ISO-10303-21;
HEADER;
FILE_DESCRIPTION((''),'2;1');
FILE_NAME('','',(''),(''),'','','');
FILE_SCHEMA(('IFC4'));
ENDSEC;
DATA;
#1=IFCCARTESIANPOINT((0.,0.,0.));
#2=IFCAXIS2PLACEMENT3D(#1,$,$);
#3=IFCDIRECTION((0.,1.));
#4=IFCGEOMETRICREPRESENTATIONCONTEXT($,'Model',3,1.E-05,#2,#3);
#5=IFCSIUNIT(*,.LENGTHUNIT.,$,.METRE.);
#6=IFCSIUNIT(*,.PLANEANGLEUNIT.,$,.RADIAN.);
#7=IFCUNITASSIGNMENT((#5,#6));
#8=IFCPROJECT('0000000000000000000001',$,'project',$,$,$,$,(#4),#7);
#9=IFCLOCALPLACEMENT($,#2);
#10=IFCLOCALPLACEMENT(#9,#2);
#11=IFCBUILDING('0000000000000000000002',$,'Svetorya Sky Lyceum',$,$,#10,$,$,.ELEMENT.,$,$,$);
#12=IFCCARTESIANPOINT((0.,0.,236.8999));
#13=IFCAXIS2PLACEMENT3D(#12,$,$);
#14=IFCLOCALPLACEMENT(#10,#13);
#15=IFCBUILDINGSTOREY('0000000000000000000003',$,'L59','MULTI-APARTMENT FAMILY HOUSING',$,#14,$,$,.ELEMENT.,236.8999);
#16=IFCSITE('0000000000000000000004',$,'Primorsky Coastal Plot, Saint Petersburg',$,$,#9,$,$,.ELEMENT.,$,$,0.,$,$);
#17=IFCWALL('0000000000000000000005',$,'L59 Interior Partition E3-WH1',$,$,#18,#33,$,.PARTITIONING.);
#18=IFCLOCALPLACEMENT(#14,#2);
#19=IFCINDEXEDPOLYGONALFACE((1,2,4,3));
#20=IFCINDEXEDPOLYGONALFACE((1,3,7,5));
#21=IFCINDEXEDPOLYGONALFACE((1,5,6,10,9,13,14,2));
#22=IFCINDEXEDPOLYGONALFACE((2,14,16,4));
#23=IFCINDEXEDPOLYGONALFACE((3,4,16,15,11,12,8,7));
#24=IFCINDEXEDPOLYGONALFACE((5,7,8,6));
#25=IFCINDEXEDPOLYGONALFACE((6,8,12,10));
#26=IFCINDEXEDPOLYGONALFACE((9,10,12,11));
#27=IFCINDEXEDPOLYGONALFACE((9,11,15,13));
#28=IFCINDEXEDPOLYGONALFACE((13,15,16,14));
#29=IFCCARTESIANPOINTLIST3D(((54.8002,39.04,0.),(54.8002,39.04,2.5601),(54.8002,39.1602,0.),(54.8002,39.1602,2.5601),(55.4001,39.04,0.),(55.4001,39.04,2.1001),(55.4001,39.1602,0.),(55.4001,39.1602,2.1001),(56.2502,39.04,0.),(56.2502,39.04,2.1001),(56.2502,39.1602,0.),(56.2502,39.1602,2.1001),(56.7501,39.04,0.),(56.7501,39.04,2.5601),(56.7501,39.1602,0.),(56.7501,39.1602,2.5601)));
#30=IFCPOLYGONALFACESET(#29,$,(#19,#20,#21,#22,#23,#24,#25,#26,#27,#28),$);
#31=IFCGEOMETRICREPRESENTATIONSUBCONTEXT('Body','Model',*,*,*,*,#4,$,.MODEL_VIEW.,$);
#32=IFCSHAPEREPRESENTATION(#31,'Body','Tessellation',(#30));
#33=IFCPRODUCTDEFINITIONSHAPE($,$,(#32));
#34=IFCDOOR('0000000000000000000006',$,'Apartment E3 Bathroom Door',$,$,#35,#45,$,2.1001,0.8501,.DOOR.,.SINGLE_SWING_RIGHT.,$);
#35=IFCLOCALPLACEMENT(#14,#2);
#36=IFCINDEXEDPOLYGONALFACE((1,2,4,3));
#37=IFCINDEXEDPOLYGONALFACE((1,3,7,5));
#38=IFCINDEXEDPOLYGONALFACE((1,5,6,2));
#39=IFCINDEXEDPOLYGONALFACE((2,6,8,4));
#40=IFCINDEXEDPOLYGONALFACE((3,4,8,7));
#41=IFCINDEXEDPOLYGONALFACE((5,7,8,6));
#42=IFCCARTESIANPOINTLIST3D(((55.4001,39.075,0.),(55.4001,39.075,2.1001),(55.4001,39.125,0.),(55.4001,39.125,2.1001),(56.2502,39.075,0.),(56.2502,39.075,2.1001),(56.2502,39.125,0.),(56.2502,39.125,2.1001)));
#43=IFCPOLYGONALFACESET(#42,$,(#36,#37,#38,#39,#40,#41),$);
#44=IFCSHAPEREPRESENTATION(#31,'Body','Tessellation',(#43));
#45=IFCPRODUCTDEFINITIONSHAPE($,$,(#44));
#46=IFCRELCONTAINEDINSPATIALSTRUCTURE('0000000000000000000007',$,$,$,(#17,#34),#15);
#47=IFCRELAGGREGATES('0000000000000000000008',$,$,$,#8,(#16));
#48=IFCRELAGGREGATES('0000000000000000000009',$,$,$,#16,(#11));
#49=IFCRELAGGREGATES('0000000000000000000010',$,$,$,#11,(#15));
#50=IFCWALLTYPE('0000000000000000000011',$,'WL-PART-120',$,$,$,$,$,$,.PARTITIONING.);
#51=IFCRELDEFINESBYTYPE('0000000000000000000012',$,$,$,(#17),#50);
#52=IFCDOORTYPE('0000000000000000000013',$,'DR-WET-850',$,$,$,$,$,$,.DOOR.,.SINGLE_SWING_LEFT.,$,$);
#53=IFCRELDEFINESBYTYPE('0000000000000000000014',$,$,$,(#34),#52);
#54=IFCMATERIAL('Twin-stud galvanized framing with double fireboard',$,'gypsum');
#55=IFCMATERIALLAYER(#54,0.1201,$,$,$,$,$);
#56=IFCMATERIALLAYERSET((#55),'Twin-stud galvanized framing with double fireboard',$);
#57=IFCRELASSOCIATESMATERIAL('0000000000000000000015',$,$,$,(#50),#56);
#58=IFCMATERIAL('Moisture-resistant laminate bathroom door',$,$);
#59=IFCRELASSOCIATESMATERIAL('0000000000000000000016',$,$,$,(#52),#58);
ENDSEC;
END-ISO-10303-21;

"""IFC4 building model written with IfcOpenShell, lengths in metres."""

from ifc_helpers import new_model, si_unit, direction, frame, frame_2d, origin, place, context, subcontext, project, spatial, rectangle, extrude, material, layer, layer_set, type_object, element, fill, save


model = new_model("IFC4")

# Units and contexts
model_context = context("Model", 3, precision=1e-05, world=origin(), true_north=direction((0.0, 1.0)))
body_context = subcontext(model_context, "Body", "Model", "MODEL_VIEW")
ifc_project = project(units=[si_unit("LENGTHUNIT", "METRE"), si_unit("PLANEANGLEUNIT", "RADIAN")], contexts=[model_context])

# Site, building, storey
site_placement = place(None, origin())
site = spatial("IfcSite", under=ifc_project, at=site_placement, Name="Primorsky Coastal Plot, Saint Petersburg", CompositionType="ELEMENT", RefElevation=0.0)
building_placement = place(site_placement, origin())
building = spatial("IfcBuilding", under=site, at=building_placement, Name="Svetorya Sky Lyceum", CompositionType="ELEMENT")
storey_placement = place(building_placement, frame((0.0, 0.0, 236.8999)))
storey = spatial("IfcBuildingStorey", under=building, at=storey_placement, Name="L59", Description="MULTI-APARTMENT FAMILY HOUSING", CompositionType="ELEMENT", Elevation=236.8999)

# Wall, opening, door
ifc_material_1 = material(Name="Twin-stud galvanized framing with double fireboard", Category="gypsum")
ifc_layer_1 = layer(ifc_material_1, 0.1201)
ifc_layer_set_1 = layer_set([ifc_layer_1], Name="Twin-stud galvanized framing with double fireboard")
wall_type_1 = type_object("IfcWallType", Name="WL-PART-120", PredefinedType="PARTITIONING", material=ifc_layer_set_1)
wall_1_placement = place(storey_placement, frame((54.8, 39.1001, 0.0), z_axis=(0.0, 0.0, 1.0), x_axis=(1.0, 0.0, 0.0)))
wall_1 = element("IfcWall", 1, at=wall_1_placement, inside=storey, type_object=wall_type_1, Name="L59 Interior Partition E3-WH1", PredefinedType="PARTITIONING", context=body_context, shape_type="SweptSolid", body=[
    extrude(rectangle(XDim=1.95, YDim=0.1201, at=frame_2d((0.9751, 0.0))), origin(), (0.0, 0.0, 1.0), 2.5601),
])
opening_1_placement = place(wall_1_placement, frame((0.6001, 0.0, 0.0)))
opening_1 = element("IfcOpeningElement", 2, at=opening_1_placement, cuts=wall_1, PredefinedType="OPENING", context=body_context, shape_type="SweptSolid", body=[
    extrude(rectangle(XDim=0.8501, YDim=2.1001, at=frame_2d((0.425, 1.05))), frame((0.0, 0.0701, 0.0), z_axis=(0.0, -1.0, 0.0), x_axis=(1.0, 0.0, 0.0)), (0.0, 0.0, 1.0), 0.1401),
])
ifc_material_2 = material(Name="Moisture-resistant laminate bathroom door")
door_type_1 = type_object("IfcDoorType", Name="DR-WET-850", OperationType="SINGLE_SWING_LEFT", PredefinedType="DOOR", material=ifc_material_2)
door_1_placement = place(opening_1_placement, origin())
door_1 = element("IfcDoor", 3, at=door_1_placement, inside=storey, type_object=door_type_1, Name="Apartment E3 Bathroom Door", OperationType="SINGLE_SWING_RIGHT", OverallHeight=2.1001, OverallWidth=0.8501, PredefinedType="DOOR", context=body_context, shape_type="SweptSolid", body=[
    extrude(rectangle(XDim=0.8501, YDim=2.1001, at=frame_2d((0.425, 1.05))), frame((0.0, 0.0249, 0.0), z_axis=(0.0, -1.0, 0.0), x_axis=(1.0, 0.0, 0.0)), (0.0, 0.0, 1.0), 0.05),
])
fill(opening_1, door_1)

save(model, "model.ifc")
